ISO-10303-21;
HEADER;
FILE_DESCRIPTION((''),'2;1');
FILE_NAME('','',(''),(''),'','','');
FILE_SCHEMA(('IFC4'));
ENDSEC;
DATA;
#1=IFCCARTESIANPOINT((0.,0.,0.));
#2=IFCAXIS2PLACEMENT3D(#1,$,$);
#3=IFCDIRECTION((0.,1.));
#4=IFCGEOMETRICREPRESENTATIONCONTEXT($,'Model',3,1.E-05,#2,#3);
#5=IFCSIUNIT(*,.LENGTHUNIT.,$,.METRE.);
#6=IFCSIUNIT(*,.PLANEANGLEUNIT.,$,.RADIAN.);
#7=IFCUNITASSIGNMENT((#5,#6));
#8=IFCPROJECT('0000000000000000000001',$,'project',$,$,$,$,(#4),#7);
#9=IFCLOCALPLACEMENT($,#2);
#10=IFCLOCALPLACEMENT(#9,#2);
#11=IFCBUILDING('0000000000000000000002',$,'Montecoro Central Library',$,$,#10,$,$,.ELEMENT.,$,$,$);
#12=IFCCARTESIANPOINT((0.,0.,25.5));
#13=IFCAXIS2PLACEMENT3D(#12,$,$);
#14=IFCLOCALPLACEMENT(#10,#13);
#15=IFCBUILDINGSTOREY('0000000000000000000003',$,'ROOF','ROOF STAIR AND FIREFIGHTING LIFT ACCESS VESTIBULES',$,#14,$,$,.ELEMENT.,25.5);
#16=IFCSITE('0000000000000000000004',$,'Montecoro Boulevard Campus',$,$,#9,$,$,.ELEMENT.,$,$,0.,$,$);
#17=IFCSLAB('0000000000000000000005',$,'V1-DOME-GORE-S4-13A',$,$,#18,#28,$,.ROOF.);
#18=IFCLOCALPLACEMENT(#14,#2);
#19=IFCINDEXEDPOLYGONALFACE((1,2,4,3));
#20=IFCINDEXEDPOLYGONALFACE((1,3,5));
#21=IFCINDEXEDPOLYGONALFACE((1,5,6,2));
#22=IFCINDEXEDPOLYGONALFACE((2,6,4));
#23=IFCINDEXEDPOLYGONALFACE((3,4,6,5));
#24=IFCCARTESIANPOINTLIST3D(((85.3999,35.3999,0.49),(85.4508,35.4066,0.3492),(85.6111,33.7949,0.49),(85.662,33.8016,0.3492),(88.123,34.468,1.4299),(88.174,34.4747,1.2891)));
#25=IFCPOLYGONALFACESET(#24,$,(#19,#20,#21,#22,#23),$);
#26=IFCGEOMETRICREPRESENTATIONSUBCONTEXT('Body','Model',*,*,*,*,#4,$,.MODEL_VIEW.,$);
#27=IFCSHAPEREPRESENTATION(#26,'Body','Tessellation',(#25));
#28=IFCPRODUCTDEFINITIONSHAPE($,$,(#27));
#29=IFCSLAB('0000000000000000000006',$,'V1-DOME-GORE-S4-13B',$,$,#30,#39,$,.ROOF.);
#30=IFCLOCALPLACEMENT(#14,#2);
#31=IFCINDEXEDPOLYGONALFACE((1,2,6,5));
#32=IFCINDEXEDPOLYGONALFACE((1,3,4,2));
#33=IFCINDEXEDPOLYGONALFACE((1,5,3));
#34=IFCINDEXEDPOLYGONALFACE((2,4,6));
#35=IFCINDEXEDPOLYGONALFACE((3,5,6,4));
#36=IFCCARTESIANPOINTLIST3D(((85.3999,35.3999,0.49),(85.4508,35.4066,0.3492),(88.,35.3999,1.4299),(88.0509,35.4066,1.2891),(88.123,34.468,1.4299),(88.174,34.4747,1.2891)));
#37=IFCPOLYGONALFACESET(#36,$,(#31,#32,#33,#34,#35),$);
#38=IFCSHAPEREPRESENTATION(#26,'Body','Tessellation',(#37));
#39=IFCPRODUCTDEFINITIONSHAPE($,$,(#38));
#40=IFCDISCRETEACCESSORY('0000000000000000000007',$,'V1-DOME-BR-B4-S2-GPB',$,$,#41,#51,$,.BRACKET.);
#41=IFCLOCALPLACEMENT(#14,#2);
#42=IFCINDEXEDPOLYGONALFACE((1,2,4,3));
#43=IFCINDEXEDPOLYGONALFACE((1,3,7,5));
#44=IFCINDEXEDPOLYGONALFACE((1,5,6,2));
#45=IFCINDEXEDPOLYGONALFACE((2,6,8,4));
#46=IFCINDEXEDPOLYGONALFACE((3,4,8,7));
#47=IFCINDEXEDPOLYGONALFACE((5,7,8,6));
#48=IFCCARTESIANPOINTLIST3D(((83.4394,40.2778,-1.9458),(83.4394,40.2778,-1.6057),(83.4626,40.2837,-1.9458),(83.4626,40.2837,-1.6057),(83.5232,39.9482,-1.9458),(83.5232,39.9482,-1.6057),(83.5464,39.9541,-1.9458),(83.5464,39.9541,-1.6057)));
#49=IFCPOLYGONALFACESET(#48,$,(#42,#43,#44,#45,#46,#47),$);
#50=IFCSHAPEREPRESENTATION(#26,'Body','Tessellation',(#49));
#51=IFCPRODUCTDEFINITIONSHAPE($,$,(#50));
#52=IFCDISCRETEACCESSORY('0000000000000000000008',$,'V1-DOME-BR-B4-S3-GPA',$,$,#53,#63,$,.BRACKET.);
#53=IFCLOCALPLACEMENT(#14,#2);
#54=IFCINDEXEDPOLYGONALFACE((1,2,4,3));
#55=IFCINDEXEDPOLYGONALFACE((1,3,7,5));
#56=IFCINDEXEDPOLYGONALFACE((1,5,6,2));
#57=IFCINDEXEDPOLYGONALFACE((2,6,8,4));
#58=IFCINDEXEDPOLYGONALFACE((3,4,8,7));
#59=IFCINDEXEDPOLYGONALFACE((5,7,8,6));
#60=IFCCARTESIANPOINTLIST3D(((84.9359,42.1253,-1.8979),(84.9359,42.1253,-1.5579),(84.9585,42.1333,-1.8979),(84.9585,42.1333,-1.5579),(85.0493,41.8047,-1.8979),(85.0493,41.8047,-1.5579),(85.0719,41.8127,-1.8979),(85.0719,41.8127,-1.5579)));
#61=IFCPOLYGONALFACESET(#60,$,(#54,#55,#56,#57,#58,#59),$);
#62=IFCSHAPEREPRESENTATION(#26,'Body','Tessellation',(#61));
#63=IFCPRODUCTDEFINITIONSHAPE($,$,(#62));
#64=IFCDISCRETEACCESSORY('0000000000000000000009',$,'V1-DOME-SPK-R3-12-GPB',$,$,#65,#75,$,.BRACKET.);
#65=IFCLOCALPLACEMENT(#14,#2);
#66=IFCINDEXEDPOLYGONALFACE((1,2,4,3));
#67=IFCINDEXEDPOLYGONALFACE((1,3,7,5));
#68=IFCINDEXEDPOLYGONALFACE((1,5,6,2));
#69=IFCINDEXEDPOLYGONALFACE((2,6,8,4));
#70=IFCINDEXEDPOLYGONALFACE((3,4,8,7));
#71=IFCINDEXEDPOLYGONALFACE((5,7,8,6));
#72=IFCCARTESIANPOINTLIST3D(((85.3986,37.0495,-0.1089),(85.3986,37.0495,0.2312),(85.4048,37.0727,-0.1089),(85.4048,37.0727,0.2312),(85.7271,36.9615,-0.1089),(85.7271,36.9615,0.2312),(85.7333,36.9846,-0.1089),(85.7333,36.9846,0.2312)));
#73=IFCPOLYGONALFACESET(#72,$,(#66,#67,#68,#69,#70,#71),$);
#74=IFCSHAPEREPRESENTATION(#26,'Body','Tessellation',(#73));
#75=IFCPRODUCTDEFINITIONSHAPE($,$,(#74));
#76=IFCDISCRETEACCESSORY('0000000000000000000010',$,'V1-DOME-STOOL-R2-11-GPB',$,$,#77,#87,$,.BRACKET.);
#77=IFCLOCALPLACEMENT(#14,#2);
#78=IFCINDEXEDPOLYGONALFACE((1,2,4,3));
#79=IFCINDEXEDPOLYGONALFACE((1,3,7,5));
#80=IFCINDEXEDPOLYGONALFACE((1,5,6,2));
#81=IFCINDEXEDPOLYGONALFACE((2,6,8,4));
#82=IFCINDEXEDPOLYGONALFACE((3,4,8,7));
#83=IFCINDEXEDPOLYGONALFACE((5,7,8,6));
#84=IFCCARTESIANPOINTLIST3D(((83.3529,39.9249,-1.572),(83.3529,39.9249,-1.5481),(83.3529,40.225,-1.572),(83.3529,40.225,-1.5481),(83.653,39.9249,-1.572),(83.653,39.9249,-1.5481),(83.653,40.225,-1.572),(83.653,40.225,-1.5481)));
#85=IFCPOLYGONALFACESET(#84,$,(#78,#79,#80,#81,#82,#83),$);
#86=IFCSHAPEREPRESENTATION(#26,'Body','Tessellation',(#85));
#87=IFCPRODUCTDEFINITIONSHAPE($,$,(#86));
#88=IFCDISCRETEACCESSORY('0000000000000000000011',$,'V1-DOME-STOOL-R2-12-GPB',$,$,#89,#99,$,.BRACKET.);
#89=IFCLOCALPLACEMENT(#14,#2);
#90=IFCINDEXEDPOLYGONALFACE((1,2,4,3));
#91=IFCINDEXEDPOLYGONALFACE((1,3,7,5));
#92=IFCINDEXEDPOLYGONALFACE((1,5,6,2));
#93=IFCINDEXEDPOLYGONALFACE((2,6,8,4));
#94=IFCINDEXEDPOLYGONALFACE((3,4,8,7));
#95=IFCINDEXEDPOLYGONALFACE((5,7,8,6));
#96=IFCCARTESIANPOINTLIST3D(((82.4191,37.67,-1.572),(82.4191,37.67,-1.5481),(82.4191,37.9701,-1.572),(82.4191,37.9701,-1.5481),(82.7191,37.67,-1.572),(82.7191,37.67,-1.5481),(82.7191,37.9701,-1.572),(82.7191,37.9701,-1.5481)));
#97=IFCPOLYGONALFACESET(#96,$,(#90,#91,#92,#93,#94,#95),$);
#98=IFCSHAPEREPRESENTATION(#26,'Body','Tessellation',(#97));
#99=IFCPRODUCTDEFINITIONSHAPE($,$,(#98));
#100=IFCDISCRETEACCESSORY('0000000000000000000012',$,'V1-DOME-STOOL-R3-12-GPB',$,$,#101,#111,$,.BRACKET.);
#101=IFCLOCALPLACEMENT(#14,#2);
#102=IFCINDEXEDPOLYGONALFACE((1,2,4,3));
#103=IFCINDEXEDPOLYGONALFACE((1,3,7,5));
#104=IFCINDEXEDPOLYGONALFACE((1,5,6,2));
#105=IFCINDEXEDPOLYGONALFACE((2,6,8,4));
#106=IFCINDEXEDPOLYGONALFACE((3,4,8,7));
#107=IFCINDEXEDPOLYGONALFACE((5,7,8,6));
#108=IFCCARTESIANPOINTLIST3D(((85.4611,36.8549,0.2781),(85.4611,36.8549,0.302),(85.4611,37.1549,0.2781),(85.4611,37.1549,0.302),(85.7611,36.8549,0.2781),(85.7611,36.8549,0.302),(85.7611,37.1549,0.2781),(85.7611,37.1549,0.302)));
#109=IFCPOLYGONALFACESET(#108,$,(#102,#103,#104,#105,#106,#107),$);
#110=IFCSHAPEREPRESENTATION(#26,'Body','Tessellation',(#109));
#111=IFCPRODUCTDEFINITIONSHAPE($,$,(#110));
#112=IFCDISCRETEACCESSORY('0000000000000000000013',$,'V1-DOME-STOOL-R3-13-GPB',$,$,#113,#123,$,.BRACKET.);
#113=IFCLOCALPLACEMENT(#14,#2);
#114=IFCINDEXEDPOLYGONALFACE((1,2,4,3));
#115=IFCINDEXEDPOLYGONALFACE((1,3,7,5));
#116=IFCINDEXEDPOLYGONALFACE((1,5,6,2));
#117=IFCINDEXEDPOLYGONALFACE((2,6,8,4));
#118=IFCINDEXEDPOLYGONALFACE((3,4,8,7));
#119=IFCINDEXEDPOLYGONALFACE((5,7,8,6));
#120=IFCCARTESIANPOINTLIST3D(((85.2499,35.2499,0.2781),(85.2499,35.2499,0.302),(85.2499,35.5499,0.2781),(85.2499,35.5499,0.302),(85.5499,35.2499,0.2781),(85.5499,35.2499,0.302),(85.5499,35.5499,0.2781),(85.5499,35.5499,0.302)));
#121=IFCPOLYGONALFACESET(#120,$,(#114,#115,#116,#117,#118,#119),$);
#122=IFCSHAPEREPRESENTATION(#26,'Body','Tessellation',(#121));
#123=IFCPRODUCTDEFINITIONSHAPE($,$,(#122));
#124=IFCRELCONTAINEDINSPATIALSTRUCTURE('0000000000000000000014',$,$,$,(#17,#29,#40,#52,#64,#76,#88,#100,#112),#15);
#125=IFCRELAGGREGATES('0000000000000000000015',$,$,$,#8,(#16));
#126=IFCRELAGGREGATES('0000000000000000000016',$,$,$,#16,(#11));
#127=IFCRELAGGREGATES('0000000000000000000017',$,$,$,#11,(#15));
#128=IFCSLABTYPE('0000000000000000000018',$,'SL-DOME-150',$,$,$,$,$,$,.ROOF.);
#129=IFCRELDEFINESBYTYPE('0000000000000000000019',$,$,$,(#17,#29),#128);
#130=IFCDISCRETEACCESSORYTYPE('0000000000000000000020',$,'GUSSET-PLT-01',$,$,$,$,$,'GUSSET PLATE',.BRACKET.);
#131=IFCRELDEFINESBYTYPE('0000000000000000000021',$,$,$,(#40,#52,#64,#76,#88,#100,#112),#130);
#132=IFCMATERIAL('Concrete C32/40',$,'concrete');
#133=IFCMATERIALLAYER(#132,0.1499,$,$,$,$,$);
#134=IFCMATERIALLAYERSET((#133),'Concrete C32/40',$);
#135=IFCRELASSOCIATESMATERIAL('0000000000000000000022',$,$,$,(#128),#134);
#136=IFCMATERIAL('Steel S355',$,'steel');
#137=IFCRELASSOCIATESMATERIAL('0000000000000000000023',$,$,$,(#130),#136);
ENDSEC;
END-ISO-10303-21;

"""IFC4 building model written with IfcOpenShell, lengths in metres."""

from ifc_helpers import new_model, si_unit, direction, frame, origin, origin_2d, place, context, subcontext, project, spatial, polyline, rectangle, outline, extrude, material, layer, layer_set, type_object, element, save


model = new_model("IFC4")

# Units and contexts
model_context = context("Model", 3, precision=1e-05, world=origin(), true_north=direction((0.0, 1.0)))
body_context = subcontext(model_context, "Body", "Model", "MODEL_VIEW")
ifc_project = project(units=[si_unit("LENGTHUNIT", "METRE"), si_unit("PLANEANGLEUNIT", "RADIAN")], contexts=[model_context])

# Site, building, storey
site_placement = place(None, origin())
site = spatial("IfcSite", under=ifc_project, at=site_placement, Name="Montecoro Boulevard Campus", CompositionType="ELEMENT", RefElevation=0.0)
building_placement = place(site_placement, origin())
building = spatial("IfcBuilding", under=site, at=building_placement, Name="Montecoro Central Library", CompositionType="ELEMENT")
storey_placement = place(building_placement, frame((0.0, 0.0, 25.5)))
storey = spatial("IfcBuildingStorey", under=building, at=storey_placement, Name="ROOF", Description="ROOF STAIR AND FIREFIGHTING LIFT ACCESS VESTIBULES", CompositionType="ELEMENT", Elevation=25.5)

# Shared definitions
ifc_material_1 = material(Name="Steel S355", Category="steel")

# Slabs
ifc_material_2 = material(Name="Concrete C32/40", Category="concrete")
ifc_layer = layer(ifc_material_2, 0.1499)
ifc_layer_set = layer_set([ifc_layer], Name="Concrete C32/40")
slab_type = type_object("IfcSlabType", Name="SL-DOME-150", PredefinedType="ROOF", material=ifc_layer_set)
slab_1_placement = place(storey_placement, frame((85.3999, 35.3999, 0.49), z_axis=(-0.339581, -0.044682, 0.939515), x_axis=(0.130455, -0.991454, 0.0)))
element("IfcSlab", 1, at=slab_1_placement, inside=storey, type_object=slab_type, Name="V1-DOME-GORE-S4-13A", PredefinedType="ROOF", context=body_context, shape_type="SweptSolid", body=[
    extrude(outline(polyline([(0.0, 0.0), (1.6188, 0.0), (1.2792, 2.7443), (0.0, 0.0)])), origin(), (0.0, 0.0, -1.0), 0.1499),
])
slab_2_placement = place(storey_placement, frame((85.3999, 35.3999, 0.49), z_axis=(-0.339628, -0.044845, 0.93949), x_axis=(0.899388, -0.307779, 0.31044)))
element("IfcSlab", 2, at=slab_2_placement, inside=storey, type_object=slab_type, Name="V1-DOME-GORE-S4-13B", PredefinedType="ROOF", context=body_context, shape_type="SweptSolid", body=[
    extrude(outline(polyline([(0.0, 0.0), (3.0278, 0.0), (2.6303, 0.8518), (0.0, 0.0)])), origin(), (0.0, 0.0, -1.0), 0.1499),
])

# Discrete accessories
discrete_accessory_type = type_object("IfcDiscreteAccessoryType", Name="GUSSET-PLT-01", ElementType="GUSSET PLATE", PredefinedType="BRACKET", material=ifc_material_1)
for number, where, z_axis, x_axis, name in (
    (3, (83.4929, 40.116, -1.9458), (0.0, 0.0, 1.0), (0.246322, -0.969188, 0.0), "V1-DOME-BR-B4-S2-GPB"),
    (4, (85.0039, 41.969, -1.8979), (0.0, 0.0, 1.0), (0.333478, -0.942758, 0.0), "V1-DOME-BR-B4-S3-GPA"),
    (5, (85.5659, 37.0171, -0.1089), (0.0, 0.0, 1.0), (0.965926, -0.258819, 0.0), "V1-DOME-SPK-R3-12-GPB"),
):
    element("IfcDiscreteAccessory", number, at=place(storey_placement, frame(where, z_axis=z_axis, x_axis=x_axis)), inside=storey, type_object=discrete_accessory_type, Name=name, PredefinedType="BRACKET", context=body_context, shape_type="SweptSolid", body=[
        extrude(rectangle(XDim=0.3401, YDim=0.0239, at=origin_2d()), origin(), (0.0, 0.0, 1.0), 0.3401),
    ])
for number, where, z_axis, x_axis, name in (
    (6, (83.5029, 40.075, -1.572), (0.0, 0.0, 1.0), (1.0, 0.0, 0.0), "V1-DOME-STOOL-R2-11-GPB"),
    (7, (82.5691, 37.8201, -1.572), (0.0, 0.0, 1.0), (1.0, 0.0, 0.0), "V1-DOME-STOOL-R2-12-GPB"),
    (8, (85.6111, 37.0049, 0.2781), (0.0, 0.0, 1.0), (1.0, 0.0, 0.0), "V1-DOME-STOOL-R3-12-GPB"),
    (9, (85.3999, 35.3999, 0.2781), (0.0, 0.0, 1.0), (1.0, 0.0, 0.0), "V1-DOME-STOOL-R3-13-GPB"),
):
    element("IfcDiscreteAccessory", number, at=place(storey_placement, frame(where, z_axis=z_axis, x_axis=x_axis)), inside=storey, type_object=discrete_accessory_type, Name=name, PredefinedType="BRACKET", context=body_context, shape_type="SweptSolid", body=[
        extrude(rectangle(XDim=0.3, YDim=0.3, at=origin_2d()), origin(), (0.0, 0.0, 1.0), 0.0239),
    ])

save(model, "model.ifc")
